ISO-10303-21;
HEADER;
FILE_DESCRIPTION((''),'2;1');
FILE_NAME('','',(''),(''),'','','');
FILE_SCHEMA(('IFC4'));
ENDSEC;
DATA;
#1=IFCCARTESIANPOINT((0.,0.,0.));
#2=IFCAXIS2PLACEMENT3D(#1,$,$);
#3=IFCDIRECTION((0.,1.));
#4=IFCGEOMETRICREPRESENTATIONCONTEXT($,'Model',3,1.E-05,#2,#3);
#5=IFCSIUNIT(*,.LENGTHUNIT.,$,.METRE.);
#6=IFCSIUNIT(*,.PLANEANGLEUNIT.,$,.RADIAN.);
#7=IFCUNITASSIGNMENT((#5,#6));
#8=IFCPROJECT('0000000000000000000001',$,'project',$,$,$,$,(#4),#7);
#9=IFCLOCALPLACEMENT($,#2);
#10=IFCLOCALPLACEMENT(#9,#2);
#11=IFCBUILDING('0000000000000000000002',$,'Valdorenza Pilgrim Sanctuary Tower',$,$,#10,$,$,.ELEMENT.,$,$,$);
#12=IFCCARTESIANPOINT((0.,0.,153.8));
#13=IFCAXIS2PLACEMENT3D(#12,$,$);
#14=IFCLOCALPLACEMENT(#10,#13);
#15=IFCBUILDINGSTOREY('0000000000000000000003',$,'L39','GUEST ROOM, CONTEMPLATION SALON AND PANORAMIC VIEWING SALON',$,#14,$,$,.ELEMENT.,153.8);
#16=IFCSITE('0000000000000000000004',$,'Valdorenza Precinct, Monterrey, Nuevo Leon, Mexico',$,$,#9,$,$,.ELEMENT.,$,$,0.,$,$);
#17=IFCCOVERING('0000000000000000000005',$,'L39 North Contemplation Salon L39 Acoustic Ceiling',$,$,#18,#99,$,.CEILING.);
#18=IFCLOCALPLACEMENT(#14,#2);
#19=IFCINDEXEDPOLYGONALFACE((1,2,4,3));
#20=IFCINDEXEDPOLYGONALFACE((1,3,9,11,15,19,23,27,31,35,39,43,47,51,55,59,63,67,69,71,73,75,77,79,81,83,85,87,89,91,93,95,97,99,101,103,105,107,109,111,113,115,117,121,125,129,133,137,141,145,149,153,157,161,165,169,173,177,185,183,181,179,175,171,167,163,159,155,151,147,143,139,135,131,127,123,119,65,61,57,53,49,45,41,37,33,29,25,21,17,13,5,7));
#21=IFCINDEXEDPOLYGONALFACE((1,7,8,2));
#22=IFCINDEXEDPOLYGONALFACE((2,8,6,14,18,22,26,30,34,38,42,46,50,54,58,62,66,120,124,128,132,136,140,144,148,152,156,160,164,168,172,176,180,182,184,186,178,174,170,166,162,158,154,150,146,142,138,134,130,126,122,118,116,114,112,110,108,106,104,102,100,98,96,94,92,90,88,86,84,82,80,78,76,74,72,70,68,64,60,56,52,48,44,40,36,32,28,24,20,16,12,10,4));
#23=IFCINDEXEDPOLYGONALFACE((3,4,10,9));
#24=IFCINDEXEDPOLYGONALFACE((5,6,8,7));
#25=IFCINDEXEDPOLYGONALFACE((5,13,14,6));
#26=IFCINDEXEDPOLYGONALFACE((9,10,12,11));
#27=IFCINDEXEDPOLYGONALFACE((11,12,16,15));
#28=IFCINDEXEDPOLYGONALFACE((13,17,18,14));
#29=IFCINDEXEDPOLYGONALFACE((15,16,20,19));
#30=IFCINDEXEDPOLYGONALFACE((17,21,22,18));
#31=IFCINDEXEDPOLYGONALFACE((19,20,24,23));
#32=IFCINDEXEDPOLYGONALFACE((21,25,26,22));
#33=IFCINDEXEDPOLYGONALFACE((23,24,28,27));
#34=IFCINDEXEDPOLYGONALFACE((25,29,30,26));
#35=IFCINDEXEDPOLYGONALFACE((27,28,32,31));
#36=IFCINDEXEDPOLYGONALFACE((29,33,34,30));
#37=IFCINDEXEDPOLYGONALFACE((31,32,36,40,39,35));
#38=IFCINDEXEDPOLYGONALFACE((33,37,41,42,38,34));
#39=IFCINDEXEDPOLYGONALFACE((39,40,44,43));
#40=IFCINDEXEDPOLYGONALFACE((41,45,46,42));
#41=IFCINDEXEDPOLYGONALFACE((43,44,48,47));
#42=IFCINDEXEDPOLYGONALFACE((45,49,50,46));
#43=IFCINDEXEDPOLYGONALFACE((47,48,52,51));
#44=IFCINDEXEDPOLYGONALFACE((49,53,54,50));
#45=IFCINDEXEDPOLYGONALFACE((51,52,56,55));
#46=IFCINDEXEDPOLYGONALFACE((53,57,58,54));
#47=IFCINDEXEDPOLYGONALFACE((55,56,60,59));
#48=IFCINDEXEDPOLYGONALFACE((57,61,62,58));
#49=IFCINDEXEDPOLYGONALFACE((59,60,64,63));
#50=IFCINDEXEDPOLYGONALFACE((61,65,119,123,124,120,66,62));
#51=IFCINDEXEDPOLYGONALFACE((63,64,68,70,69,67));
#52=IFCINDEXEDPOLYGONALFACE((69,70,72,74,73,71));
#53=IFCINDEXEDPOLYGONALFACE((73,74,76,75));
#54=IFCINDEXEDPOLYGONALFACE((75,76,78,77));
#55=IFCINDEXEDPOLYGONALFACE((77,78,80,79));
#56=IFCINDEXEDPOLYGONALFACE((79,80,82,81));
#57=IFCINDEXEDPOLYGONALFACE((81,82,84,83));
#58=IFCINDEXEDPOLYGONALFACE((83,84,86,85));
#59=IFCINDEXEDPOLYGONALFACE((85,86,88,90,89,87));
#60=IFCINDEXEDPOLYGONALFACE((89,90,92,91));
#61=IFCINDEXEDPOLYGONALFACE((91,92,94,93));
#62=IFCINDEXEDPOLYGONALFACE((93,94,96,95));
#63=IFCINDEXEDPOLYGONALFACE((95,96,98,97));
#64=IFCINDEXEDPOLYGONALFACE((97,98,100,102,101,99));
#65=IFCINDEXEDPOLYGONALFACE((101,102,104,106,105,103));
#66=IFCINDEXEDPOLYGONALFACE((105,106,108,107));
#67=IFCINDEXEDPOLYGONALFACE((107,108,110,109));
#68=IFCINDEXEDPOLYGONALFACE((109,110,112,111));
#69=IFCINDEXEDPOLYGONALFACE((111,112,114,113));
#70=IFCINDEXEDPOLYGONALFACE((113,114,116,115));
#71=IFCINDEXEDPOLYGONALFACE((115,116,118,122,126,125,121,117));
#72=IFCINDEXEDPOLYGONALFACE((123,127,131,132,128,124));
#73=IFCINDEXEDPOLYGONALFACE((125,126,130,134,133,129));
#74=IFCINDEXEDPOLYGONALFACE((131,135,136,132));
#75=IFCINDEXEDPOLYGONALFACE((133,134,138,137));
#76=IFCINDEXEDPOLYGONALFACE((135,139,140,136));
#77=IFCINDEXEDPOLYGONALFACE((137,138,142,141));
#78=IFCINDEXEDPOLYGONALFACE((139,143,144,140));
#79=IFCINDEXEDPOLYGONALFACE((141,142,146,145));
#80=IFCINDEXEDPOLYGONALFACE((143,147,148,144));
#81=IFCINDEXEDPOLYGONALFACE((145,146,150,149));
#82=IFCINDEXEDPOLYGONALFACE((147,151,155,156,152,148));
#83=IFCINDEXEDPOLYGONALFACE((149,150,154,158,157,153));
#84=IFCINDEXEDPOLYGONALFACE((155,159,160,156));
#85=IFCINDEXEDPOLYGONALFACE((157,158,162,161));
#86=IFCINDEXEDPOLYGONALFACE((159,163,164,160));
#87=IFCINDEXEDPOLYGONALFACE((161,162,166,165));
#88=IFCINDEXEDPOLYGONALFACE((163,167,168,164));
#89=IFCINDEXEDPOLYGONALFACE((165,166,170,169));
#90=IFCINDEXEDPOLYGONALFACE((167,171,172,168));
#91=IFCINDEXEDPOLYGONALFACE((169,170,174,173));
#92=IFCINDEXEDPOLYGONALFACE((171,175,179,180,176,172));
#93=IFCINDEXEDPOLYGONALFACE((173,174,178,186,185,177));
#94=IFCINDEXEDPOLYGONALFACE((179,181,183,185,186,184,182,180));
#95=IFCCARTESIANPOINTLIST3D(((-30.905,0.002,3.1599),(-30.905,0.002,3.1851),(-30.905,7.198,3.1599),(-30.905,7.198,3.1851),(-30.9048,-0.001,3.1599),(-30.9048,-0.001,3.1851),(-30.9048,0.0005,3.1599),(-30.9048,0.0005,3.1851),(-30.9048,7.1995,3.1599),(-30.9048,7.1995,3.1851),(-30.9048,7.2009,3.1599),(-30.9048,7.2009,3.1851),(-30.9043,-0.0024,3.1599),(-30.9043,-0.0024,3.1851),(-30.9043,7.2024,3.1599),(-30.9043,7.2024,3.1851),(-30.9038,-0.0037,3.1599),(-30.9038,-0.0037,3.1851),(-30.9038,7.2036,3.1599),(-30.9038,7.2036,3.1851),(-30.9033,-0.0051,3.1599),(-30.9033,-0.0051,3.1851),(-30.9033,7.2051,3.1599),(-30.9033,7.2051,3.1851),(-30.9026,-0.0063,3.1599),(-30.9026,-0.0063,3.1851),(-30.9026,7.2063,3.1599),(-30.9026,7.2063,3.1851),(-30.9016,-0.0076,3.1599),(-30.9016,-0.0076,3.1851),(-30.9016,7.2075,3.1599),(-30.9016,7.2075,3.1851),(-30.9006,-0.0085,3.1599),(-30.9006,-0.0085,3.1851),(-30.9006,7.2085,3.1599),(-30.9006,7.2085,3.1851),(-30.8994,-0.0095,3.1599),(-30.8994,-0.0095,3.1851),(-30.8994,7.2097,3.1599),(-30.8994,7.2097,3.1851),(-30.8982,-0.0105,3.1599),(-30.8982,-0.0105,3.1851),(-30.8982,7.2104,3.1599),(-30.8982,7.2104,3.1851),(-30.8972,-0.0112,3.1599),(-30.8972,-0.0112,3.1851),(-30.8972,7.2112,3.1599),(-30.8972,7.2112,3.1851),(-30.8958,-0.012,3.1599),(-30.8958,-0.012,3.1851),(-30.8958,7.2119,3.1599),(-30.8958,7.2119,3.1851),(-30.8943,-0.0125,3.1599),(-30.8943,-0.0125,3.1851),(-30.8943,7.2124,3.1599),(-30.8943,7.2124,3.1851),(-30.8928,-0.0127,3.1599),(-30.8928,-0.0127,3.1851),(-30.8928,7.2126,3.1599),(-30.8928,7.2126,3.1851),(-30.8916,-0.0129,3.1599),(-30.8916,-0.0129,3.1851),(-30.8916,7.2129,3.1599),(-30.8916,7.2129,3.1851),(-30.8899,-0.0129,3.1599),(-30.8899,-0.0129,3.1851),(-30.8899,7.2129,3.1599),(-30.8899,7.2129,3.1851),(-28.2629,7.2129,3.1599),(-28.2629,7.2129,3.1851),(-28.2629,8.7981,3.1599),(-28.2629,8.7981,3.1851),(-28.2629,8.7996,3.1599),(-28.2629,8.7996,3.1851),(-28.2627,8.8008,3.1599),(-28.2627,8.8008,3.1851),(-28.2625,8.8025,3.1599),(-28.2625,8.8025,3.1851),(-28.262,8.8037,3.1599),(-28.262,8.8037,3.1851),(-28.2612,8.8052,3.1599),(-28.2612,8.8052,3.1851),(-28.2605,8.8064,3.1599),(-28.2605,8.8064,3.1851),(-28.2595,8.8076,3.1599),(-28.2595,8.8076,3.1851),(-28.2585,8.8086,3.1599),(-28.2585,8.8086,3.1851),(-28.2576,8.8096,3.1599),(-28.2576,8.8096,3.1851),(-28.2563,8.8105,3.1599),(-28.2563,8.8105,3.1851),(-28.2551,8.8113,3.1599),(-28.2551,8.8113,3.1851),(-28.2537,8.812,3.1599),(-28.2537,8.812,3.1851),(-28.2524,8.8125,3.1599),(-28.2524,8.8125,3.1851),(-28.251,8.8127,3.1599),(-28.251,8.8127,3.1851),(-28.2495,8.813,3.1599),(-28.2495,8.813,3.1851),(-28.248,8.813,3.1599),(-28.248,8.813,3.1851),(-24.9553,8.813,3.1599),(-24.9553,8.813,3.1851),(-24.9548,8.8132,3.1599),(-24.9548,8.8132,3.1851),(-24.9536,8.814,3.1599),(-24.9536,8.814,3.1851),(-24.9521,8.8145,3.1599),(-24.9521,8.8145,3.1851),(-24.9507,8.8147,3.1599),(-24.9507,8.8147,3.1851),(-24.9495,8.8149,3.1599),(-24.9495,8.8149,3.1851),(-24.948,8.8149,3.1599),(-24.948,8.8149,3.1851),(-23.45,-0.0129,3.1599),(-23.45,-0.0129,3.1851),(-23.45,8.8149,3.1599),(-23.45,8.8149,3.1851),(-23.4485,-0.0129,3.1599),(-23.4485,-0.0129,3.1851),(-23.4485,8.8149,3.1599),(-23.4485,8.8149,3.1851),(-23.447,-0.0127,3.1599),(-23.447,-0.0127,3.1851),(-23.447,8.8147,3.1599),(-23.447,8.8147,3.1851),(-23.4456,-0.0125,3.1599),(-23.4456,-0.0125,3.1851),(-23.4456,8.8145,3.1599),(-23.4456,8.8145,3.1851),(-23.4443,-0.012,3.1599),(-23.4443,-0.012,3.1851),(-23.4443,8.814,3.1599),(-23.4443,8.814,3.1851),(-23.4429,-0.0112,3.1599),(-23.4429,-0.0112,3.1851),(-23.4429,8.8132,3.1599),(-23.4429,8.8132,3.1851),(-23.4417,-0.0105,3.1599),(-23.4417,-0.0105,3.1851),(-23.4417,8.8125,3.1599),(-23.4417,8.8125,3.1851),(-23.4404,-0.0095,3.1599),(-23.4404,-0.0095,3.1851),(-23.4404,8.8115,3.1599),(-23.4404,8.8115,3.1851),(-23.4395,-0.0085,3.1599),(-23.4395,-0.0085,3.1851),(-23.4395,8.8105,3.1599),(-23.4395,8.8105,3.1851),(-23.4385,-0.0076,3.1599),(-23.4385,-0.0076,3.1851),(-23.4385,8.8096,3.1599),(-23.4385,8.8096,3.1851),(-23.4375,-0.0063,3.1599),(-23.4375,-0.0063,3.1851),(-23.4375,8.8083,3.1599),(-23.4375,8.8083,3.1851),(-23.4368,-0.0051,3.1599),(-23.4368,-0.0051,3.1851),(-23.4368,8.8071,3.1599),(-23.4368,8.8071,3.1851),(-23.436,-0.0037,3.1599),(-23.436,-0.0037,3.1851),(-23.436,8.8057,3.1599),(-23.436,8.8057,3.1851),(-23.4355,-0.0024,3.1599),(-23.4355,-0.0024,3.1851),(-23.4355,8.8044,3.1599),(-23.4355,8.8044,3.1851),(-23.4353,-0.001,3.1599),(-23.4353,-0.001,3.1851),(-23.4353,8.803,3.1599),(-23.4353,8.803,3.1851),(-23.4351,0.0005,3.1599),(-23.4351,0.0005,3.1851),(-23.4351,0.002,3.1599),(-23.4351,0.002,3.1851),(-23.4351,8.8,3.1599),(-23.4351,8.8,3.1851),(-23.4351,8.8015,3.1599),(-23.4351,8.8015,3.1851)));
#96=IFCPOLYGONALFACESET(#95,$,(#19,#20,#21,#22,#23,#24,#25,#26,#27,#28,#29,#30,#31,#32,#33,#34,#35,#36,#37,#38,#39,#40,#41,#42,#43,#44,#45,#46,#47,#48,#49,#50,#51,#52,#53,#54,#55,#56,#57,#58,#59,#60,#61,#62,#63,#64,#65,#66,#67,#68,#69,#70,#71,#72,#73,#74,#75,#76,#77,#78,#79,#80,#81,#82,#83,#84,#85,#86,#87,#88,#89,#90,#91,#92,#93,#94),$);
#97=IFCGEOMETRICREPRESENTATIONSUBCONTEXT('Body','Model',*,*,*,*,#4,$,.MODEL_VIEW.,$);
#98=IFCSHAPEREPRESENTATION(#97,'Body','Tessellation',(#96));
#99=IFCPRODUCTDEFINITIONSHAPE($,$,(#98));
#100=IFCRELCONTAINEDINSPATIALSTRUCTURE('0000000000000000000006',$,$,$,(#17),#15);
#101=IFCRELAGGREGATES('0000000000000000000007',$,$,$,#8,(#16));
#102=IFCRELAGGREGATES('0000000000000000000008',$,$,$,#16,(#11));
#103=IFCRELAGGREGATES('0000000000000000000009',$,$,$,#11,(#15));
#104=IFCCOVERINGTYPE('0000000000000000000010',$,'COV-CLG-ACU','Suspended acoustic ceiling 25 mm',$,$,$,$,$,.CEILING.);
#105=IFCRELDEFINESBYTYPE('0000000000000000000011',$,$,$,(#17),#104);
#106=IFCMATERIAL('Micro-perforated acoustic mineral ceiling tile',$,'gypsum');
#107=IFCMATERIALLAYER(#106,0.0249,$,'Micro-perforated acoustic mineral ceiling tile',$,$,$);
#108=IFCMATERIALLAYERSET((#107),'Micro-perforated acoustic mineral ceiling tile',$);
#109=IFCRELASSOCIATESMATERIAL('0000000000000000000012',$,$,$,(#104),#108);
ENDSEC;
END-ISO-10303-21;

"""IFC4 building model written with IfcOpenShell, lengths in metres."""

from ifc_helpers import new_model, si_unit, direction, frame, origin, place, context, subcontext, project, spatial, polyline, outline, extrude, material, layer, layer_set, type_object, element, save


model = new_model("IFC4")

# Units and contexts
model_context = context("Model", 3, precision=1e-05, world=origin(), true_north=direction((0.0, 1.0)))
body_context = subcontext(model_context, "Body", "Model", "MODEL_VIEW")
ifc_project = project(units=[si_unit("LENGTHUNIT", "METRE"), si_unit("PLANEANGLEUNIT", "RADIAN")], contexts=[model_context])

# Site, building, storey
site_placement = place(None, origin())
site = spatial("IfcSite", under=ifc_project, at=site_placement, Name="Valdorenza Precinct, Monterrey, Nuevo Leon, Mexico", CompositionType="ELEMENT", RefElevation=0.0)
building_placement = place(site_placement, origin())
building = spatial("IfcBuilding", under=site, at=building_placement, Name="Valdorenza Pilgrim Sanctuary Tower", CompositionType="ELEMENT")
storey_placement = place(building_placement, frame((0.0, 0.0, 153.8)))
storey = spatial("IfcBuildingStorey", under=building, at=storey_placement, Name="L39", Description="GUEST ROOM, CONTEMPLATION SALON AND PANORAMIC VIEWING SALON", CompositionType="ELEMENT", Elevation=153.8)

# Covering
ifc_material_1 = material(Name="Micro-perforated acoustic mineral ceiling tile", Category="gypsum")
ifc_layer_1 = layer(ifc_material_1, 0.0249, Name="Micro-perforated acoustic mineral ceiling tile")
ifc_layer_set_1 = layer_set([ifc_layer_1], Name="Micro-perforated acoustic mineral ceiling tile")
covering_type_1 = type_object("IfcCoveringType", Name="COV-CLG-ACU", Description="Suspended acoustic ceiling 25 mm", PredefinedType="CEILING", material=ifc_layer_set_1)
covering_1_placement = place(storey_placement, frame((0.0, 0.0, 3.1599)))
element("IfcCovering", 1, at=covering_1_placement, inside=storey, type_object=covering_type_1, Name="L39 North Contemplation Salon L39 Acoustic Ceiling", PredefinedType="CEILING", context=body_context, shape_type="SweptSolid", body=[
    extrude(outline(polyline([(-28.2629, 7.2129), (-28.2629, 8.7981), (-28.2629, 8.7996), (-28.2627, 8.8008), (-28.2625, 8.8025), (-28.262, 8.8037), (-28.2612, 8.8052), (-28.2605, 8.8064), (-28.2595, 8.8076), (-28.2585, 8.8086), (-28.2576, 8.8096), (-28.2563, 8.8105), (-28.2551, 8.8113), (-28.2537, 8.812), (-28.2524, 8.8125), (-28.251, 8.8127), (-28.2495, 8.813), (-28.248, 8.813), (-24.9553, 8.813), (-24.9548, 8.8132), (-24.9536, 8.814), (-24.9521, 8.8145), (-24.9507, 8.8147), (-24.9495, 8.8149), (-24.948, 8.8149), (-23.45, 8.8149), (-23.4485, 8.8149), (-23.447, 8.8147), (-23.4456, 8.8145), (-23.4443, 8.814), (-23.4429, 8.8132), (-23.4417, 8.8125), (-23.4404, 8.8115), (-23.4395, 8.8105), (-23.4385, 8.8096), (-23.4375, 8.8083), (-23.4368, 8.8071), (-23.436, 8.8057), (-23.4355, 8.8044), (-23.4353, 8.803), (-23.4351, 8.8015), (-23.4351, 8.8), (-23.4351, 0.002), (-23.4351, 0.0005), (-23.4353, -0.001), (-23.4355, -0.0024), (-23.436, -0.0037), (-23.4368, -0.0051), (-23.4375, -0.0063), (-23.4385, -0.0076), (-23.4395, -0.0085), (-23.4404, -0.0095), (-23.4417, -0.0105), (-23.4429, -0.0112), (-23.4443, -0.012), (-23.4456, -0.0125), (-23.447, -0.0127), (-23.4485, -0.0129), (-23.45, -0.0129), (-30.8899, -0.0129), (-30.8916, -0.0129), (-30.8928, -0.0127), (-30.8943, -0.0125), (-30.8958, -0.012), (-30.8972, -0.0112), (-30.8982, -0.0105), (-30.8994, -0.0095), (-30.9006, -0.0085), (-30.9016, -0.0076), (-30.9026, -0.0063), (-30.9033, -0.0051), (-30.9038, -0.0037), (-30.9043, -0.0024), (-30.9048, -0.001), (-30.9048, 0.0005), (-30.905, 0.002), (-30.905, 7.198), (-30.9048, 7.1995), (-30.9048, 7.2009), (-30.9043, 7.2024), (-30.9038, 7.2036), (-30.9033, 7.2051), (-30.9026, 7.2063), (-30.9016, 7.2075), (-30.9006, 7.2085), (-30.8994, 7.2097), (-30.8982, 7.2104), (-30.8972, 7.2112), (-30.8958, 7.2119), (-30.8943, 7.2124), (-30.8928, 7.2126), (-30.8916, 7.2129), (-30.8899, 7.2129), (-28.2629, 7.2129)])), origin(), (0.0, 0.0, 1.0), 0.0251),
])

save(model, "model.ifc")
